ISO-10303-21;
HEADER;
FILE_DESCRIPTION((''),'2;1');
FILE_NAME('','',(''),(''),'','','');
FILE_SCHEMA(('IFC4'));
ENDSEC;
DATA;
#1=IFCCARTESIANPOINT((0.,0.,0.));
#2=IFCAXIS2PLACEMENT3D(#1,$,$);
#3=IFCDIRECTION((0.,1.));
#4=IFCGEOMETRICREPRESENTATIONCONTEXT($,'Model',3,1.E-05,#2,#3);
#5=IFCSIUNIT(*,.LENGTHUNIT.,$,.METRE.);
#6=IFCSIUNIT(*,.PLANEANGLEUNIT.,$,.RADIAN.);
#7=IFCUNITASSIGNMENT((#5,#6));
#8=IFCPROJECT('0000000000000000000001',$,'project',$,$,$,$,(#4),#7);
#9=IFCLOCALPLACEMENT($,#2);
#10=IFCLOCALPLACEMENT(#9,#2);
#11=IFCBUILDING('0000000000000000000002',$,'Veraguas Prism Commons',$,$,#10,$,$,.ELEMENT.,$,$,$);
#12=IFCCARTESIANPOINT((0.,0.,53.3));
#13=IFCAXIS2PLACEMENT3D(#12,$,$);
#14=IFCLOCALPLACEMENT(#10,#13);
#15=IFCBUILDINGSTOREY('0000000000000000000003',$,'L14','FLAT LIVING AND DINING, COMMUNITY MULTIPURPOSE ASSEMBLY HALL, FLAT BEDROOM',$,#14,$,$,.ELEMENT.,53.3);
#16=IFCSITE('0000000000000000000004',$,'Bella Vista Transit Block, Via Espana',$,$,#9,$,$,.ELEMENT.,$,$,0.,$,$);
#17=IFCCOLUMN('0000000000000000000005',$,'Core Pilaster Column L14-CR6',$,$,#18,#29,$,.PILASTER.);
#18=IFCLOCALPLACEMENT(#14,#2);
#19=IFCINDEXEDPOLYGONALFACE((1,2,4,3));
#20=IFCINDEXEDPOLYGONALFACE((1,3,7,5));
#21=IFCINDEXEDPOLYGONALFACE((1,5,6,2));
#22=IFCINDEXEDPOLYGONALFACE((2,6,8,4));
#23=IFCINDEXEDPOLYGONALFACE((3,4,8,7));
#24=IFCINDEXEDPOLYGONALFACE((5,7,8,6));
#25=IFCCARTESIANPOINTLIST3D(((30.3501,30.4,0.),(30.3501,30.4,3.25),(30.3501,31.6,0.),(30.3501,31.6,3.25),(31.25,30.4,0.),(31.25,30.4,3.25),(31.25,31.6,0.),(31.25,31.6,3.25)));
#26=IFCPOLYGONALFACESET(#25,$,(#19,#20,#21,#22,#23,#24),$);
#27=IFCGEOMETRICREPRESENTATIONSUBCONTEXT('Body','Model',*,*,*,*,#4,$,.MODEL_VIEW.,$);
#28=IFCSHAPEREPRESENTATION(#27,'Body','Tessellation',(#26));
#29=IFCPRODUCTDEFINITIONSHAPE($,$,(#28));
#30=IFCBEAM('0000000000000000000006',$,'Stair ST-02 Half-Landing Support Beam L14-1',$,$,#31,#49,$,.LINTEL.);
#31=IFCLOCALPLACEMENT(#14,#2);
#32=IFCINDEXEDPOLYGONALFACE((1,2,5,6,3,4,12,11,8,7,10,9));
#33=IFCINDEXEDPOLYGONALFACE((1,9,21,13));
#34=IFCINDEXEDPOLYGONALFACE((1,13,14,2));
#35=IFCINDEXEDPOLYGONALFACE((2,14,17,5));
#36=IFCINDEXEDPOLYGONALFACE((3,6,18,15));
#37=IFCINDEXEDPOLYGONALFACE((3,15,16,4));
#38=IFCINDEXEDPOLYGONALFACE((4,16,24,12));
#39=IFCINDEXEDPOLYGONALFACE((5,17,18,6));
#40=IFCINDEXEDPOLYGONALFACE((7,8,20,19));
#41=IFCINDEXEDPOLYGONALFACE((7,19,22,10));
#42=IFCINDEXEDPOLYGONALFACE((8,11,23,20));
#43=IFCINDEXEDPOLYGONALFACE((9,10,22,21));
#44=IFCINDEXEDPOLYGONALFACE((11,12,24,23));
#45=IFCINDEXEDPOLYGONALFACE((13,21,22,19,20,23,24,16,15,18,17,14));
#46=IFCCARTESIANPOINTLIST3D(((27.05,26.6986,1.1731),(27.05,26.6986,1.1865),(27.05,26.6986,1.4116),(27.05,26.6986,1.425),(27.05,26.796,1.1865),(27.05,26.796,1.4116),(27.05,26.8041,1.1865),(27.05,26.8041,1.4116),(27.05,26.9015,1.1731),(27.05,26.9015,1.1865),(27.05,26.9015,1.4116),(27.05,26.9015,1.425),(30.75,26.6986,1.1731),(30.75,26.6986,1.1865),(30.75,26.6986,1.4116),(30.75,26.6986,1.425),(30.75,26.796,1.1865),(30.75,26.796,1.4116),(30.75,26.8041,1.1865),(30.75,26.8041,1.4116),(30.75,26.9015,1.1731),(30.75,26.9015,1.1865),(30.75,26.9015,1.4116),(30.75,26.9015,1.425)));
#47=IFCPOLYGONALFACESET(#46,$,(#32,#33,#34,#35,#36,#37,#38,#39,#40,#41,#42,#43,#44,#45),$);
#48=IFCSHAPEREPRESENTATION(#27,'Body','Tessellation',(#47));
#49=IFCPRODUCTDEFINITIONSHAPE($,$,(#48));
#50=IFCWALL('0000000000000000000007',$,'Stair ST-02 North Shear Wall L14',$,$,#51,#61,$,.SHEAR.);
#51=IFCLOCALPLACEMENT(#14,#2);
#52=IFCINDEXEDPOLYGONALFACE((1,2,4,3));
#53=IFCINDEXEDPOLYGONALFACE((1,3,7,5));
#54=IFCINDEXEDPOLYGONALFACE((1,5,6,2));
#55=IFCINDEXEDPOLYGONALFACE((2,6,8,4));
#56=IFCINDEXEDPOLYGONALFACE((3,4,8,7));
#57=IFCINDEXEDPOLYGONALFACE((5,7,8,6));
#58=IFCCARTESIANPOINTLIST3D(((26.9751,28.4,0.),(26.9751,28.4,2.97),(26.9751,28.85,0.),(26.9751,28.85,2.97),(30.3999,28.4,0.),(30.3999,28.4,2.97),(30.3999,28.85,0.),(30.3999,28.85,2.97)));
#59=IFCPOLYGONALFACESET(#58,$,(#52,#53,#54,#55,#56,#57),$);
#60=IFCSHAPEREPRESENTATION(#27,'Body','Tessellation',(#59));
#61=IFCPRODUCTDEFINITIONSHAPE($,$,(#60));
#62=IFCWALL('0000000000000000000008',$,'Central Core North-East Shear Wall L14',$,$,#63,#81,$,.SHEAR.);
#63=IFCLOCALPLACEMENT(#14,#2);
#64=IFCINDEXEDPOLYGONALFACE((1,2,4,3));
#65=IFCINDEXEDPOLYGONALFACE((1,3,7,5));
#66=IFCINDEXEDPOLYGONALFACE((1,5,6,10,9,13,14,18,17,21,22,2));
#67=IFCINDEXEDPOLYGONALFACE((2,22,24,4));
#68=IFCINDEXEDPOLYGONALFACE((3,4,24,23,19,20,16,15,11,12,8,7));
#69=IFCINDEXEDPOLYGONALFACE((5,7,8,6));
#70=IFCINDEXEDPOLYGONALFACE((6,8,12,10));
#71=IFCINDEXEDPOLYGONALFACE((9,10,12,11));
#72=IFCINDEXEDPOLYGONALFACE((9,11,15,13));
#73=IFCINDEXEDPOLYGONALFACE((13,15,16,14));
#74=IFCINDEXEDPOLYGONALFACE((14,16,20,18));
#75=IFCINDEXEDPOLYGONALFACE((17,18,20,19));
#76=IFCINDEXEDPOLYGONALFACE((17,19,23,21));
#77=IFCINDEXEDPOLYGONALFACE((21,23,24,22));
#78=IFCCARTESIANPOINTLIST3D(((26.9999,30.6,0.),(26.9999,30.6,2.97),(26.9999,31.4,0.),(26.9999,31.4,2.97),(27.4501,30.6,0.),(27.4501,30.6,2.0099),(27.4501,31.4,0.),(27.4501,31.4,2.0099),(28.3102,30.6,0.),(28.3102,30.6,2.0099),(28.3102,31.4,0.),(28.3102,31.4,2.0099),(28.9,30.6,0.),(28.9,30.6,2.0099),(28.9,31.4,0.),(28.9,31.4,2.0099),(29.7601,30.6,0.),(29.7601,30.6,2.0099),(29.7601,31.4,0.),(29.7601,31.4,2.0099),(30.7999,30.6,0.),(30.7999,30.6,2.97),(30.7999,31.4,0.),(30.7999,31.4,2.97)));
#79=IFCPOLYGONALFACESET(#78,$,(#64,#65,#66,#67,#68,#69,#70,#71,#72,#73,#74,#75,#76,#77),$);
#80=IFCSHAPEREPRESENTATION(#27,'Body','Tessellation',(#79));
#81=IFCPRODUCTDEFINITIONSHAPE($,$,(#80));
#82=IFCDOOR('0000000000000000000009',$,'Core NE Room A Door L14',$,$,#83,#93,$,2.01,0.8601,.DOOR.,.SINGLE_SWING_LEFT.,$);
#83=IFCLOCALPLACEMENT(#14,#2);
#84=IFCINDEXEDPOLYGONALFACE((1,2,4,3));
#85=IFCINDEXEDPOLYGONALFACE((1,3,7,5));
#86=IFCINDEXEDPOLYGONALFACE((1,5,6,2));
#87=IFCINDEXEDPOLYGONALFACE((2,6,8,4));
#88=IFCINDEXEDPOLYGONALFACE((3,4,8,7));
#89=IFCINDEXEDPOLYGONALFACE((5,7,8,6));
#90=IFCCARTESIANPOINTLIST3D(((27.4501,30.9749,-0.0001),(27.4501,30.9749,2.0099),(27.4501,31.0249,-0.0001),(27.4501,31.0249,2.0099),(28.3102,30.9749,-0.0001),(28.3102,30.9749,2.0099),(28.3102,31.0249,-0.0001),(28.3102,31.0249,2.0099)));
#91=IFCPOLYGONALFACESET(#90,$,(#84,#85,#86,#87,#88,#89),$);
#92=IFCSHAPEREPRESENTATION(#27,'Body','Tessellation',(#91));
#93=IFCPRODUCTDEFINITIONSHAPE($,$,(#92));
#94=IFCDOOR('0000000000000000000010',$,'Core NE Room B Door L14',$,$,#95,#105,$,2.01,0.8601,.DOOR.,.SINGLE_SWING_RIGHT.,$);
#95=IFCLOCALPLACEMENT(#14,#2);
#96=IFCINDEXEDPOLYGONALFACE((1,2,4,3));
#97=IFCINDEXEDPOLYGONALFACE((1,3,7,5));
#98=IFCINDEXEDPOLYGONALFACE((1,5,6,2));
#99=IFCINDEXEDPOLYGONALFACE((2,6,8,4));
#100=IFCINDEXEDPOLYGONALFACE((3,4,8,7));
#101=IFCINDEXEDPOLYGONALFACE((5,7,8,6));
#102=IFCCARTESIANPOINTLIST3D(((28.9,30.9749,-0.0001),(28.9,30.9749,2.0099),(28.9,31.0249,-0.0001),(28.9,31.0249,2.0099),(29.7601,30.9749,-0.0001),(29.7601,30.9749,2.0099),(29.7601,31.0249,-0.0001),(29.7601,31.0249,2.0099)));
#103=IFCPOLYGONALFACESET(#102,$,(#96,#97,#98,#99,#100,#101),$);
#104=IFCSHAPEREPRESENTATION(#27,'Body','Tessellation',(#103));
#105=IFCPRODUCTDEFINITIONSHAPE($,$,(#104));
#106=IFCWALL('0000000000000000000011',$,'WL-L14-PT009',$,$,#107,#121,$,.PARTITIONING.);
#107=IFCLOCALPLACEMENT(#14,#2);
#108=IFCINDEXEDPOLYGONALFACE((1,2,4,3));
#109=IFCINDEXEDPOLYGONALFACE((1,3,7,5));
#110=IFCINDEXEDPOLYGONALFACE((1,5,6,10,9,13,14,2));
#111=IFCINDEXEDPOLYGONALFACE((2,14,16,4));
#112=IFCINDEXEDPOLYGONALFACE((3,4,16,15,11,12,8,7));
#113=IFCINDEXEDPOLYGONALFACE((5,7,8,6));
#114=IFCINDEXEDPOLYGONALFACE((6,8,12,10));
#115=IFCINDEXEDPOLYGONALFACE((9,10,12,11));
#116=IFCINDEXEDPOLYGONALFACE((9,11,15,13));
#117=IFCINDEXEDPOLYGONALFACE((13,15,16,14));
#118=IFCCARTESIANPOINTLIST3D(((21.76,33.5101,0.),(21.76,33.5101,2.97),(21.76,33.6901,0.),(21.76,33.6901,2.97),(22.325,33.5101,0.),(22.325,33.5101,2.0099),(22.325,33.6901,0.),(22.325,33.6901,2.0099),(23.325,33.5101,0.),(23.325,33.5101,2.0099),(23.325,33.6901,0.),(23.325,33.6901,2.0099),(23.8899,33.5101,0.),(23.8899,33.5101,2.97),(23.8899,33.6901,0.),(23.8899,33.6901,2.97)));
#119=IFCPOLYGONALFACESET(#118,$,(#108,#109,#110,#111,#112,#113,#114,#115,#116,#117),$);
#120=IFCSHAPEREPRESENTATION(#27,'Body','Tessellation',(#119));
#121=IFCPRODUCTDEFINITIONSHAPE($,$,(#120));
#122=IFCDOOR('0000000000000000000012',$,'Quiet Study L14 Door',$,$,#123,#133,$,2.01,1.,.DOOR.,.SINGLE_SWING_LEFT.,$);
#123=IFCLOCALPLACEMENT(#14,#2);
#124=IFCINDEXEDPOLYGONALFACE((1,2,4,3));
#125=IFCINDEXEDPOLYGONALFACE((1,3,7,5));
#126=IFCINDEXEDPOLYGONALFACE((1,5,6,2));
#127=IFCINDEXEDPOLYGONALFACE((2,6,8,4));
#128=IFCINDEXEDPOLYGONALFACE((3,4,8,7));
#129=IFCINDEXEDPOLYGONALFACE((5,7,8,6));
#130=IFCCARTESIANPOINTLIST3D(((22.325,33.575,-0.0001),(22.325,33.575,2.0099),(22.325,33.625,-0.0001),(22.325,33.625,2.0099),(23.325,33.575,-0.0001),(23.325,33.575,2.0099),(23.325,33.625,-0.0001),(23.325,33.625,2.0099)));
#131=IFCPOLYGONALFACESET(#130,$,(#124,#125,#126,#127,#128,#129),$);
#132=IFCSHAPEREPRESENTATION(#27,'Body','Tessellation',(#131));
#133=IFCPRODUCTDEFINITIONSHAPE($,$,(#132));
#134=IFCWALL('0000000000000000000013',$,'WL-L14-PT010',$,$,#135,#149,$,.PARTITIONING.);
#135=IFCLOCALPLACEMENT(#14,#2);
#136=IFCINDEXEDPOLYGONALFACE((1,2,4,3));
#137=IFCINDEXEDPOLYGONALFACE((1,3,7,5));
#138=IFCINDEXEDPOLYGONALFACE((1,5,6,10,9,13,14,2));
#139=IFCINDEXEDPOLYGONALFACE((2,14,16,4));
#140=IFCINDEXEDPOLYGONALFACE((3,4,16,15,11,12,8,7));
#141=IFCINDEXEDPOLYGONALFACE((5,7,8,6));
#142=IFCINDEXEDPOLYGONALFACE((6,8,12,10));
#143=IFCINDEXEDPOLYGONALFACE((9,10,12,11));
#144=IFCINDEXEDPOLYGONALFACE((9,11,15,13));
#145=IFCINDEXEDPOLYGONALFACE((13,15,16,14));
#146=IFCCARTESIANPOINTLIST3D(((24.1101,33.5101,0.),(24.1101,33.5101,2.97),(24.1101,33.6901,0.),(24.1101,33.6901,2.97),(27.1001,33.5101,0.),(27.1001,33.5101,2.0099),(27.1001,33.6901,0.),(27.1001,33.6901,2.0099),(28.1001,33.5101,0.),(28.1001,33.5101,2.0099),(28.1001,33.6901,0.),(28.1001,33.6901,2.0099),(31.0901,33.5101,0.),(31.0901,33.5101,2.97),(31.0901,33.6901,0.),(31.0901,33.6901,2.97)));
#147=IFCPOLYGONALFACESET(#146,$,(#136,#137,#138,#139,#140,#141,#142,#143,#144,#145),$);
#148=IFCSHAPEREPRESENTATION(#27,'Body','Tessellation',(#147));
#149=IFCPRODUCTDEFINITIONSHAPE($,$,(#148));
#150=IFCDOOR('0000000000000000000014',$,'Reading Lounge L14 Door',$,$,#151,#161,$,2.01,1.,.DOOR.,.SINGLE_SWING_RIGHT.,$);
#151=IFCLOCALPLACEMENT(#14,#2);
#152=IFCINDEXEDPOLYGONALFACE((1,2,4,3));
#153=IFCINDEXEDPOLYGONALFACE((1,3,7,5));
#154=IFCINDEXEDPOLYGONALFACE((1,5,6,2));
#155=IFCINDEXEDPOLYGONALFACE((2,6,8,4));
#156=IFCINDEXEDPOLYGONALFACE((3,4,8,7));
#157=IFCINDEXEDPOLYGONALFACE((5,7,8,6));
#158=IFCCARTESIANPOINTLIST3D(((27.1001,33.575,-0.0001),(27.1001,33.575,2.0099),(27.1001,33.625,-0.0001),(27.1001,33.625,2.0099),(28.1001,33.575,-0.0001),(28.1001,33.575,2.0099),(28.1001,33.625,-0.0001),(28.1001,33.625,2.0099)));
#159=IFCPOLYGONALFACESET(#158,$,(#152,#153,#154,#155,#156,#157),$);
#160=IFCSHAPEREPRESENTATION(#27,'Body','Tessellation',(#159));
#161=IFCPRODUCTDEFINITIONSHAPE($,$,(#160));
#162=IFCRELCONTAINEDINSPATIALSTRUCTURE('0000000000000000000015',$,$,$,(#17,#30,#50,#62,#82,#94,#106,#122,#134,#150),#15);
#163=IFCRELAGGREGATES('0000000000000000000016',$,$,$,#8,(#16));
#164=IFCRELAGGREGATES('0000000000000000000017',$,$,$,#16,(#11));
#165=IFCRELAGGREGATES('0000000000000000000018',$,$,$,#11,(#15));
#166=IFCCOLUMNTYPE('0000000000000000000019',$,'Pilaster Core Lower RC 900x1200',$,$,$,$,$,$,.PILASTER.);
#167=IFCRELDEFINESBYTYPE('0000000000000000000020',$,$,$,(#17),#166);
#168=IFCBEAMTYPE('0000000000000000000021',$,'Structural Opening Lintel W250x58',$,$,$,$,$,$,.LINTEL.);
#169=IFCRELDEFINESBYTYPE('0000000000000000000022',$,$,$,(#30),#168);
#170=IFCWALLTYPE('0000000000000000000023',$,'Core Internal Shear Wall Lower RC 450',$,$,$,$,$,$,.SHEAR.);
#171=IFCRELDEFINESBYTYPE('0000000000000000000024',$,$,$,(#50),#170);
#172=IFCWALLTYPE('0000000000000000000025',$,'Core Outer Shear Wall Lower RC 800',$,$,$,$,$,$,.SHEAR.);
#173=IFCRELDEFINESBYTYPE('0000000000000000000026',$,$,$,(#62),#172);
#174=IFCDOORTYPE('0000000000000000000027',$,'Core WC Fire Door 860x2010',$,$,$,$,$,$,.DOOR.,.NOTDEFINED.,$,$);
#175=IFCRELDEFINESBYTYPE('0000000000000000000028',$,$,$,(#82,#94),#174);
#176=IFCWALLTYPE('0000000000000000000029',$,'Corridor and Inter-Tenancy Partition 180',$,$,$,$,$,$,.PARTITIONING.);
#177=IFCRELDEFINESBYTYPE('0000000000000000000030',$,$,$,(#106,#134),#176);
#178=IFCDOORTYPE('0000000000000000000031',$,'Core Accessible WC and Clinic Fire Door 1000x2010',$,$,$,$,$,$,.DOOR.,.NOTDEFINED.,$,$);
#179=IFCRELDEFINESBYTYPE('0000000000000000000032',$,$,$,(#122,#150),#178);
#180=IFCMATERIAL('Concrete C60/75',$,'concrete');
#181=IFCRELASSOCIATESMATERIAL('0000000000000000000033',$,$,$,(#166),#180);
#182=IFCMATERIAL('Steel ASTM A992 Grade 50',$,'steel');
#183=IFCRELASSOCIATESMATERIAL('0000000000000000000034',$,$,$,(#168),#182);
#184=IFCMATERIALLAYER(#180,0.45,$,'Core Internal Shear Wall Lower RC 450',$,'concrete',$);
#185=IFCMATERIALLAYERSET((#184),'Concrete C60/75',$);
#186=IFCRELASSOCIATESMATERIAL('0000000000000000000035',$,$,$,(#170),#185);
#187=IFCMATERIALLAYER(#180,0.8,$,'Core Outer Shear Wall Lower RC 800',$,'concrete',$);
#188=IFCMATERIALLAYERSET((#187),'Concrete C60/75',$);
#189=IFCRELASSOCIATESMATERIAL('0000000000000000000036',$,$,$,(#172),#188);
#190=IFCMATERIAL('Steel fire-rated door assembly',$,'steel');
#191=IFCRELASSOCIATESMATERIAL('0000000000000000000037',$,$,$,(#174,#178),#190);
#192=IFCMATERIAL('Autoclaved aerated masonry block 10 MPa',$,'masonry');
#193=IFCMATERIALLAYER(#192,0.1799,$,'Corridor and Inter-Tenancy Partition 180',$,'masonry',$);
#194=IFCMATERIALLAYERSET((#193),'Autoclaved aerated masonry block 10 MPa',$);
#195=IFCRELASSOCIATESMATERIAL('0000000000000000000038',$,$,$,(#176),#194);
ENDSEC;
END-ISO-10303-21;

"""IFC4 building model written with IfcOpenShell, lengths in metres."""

from ifc_helpers import new_model, si_unit, direction, frame, frame_2d, origin, origin_2d, place, context, subcontext, project, spatial, rectangle, i_section, extrude, source, transform, mapped, material, layer, layer_set, material_profile, profile_set, type_object, element, fill, save


model = new_model("IFC4")

# Units and contexts
model_context = context("Model", 3, precision=1e-05, world=origin(), true_north=direction((0.0, 1.0)))
body_context = subcontext(model_context, "Body", "Model", "MODEL_VIEW")
ifc_project = project(units=[si_unit("LENGTHUNIT", "METRE"), si_unit("PLANEANGLEUNIT", "RADIAN")], contexts=[model_context])

# Site, building, storey
site_placement = place(None, origin())
site = spatial("IfcSite", under=ifc_project, at=site_placement, Name="Bella Vista Transit Block, Via Espana", CompositionType="ELEMENT", RefElevation=0.0)
building_placement = place(site_placement, origin())
building = spatial("IfcBuilding", under=site, at=building_placement, Name="Veraguas Prism Commons", CompositionType="ELEMENT")
storey_placement = place(building_placement, frame((0.0, 0.0, 53.3)))
storey = spatial("IfcBuildingStorey", under=building, at=storey_placement, Name="L14", Description="FLAT LIVING AND DINING, COMMUNITY MULTIPURPOSE ASSEMBLY HALL, FLAT BEDROOM", CompositionType="ELEMENT", Elevation=53.3)

# Column
ifc_material_1 = material(Name="Concrete C60/75", Category="concrete")
ifc_material_profile_1 = material_profile(ifc_material_1, rectangle(XDim=0.8999, YDim=1.2, at=origin_2d()), Name="RC900X1200")
ifc_profile_set_1 = profile_set([ifc_material_profile_1], Name="Concrete C60/75")
column_type = type_object("IfcColumnType", Name="Pilaster Core Lower RC 900x1200", PredefinedType="PILASTER", material=ifc_profile_set_1)
column_placement = place(storey_placement, frame((30.8, 31.0, 0.0), z_axis=(0.0, 0.0, 1.0), x_axis=(1.0, 0.0, 0.0)))
element("IfcColumn", 1, at=column_placement, inside=storey, type_object=column_type, Name="Core Pilaster Column L14-CR6", PredefinedType="PILASTER", context=body_context, shape_type="SweptSolid", body=[
    extrude(rectangle(XDim=0.8999, YDim=1.2, at=origin_2d()), origin(), (0.0, 0.0, 1.0), 3.25),
])

# Beam
ifc_material_2 = material(Name="Steel ASTM A992 Grade 50", Category="steel")
ifc_material_profile_2 = material_profile(ifc_material_2, i_section(OverallWidth=0.2029, OverallDepth=0.252, WebThickness=0.0081, FlangeThickness=0.0134, at=origin_2d()), Name="W250X58")
ifc_profile_set_2 = profile_set([ifc_material_profile_2], Name="Steel ASTM A992 Grade 50")
beam_type = type_object("IfcBeamType", Name="Structural Opening Lintel W250x58", PredefinedType="LINTEL", material=ifc_profile_set_2)
beam_placement = place(storey_placement, frame((27.05, 26.8, 1.2991), z_axis=(1.0, 0.0, 0.0), x_axis=(0.0, 1.0, 0.0)))
element("IfcBeam", 2, at=beam_placement, inside=storey, type_object=beam_type, Name="Stair ST-02 Half-Landing Support Beam L14-1", PredefinedType="LINTEL", context=body_context, shape_type="SweptSolid", body=[
    extrude(i_section(OverallWidth=0.2029, OverallDepth=0.252, WebThickness=0.0081, FlangeThickness=0.0134, at=origin_2d()), origin(), (0.0, 0.0, 1.0), 3.7),
])

# Wall
ifc_layer_1 = layer(ifc_material_1, 0.45, Name="Core Internal Shear Wall Lower RC 450", Category="concrete")
ifc_layer_set_1 = layer_set([ifc_layer_1], Name="Concrete C60/75")
wall_type_1 = type_object("IfcWallType", Name="Core Internal Shear Wall Lower RC 450", PredefinedType="SHEAR", material=ifc_layer_set_1)
wall_1_placement = place(storey_placement, frame((26.9751, 28.625, 0.0), z_axis=(0.0, 0.0, 1.0), x_axis=(1.0, 0.0, 0.0)))
element("IfcWall", 3, at=wall_1_placement, inside=storey, type_object=wall_type_1, Name="Stair ST-02 North Shear Wall L14", PredefinedType="SHEAR", context=body_context, shape_type="SweptSolid", body=[
    extrude(rectangle(XDim=3.4248, YDim=0.45, at=frame_2d((1.7124, 0.0))), origin(), (0.0, 0.0, 1.0), 2.97),
])

# Wall, openings, doors
ifc_layer_2 = layer(ifc_material_1, 0.8, Name="Core Outer Shear Wall Lower RC 800", Category="concrete")
ifc_layer_set_2 = layer_set([ifc_layer_2], Name="Concrete C60/75")
wall_type_2 = type_object("IfcWallType", Name="Core Outer Shear Wall Lower RC 800", PredefinedType="SHEAR", material=ifc_layer_set_2)
wall_2_placement = place(storey_placement, frame((27.0, 31.0, 0.0), z_axis=(0.0, 0.0, 1.0), x_axis=(1.0, 0.0, 0.0)))
wall_2 = element("IfcWall", 4, at=wall_2_placement, inside=storey, type_object=wall_type_2, Name="Central Core North-East Shear Wall L14", PredefinedType="SHEAR", context=body_context, shape_type="SweptSolid", body=[
    extrude(rectangle(XDim=3.8, YDim=0.8, at=frame_2d((1.8999, 0.0))), origin(), (0.0, 0.0, 1.0), 2.97),
])
opening_1_placement = place(wall_2_placement, frame((0.45, 0.0, 0.0)))
opening_1 = element("IfcOpeningElement", 5, at=opening_1_placement, cuts=wall_2, PredefinedType="OPENING", context=body_context, shape_type="SweptSolid", body=[
    extrude(rectangle(XDim=0.8601, YDim=2.01, at=frame_2d((0.4302, 1.0049))), frame((0.0, 0.4099, 0.0), z_axis=(0.0, -1.0, 0.0), x_axis=(1.0, 0.0, 0.0)), (0.0, 0.0, 1.0), 0.8201),
])
opening_2_placement = place(wall_2_placement, frame((1.8999, 0.0, 0.0)))
opening_2 = element("IfcOpeningElement", 6, at=opening_2_placement, cuts=wall_2, PredefinedType="OPENING", context=body_context, shape_type="SweptSolid", body=[
    extrude(rectangle(XDim=0.8601, YDim=2.01, at=frame_2d((0.4302, 1.0049))), frame((0.0, 0.4099, 0.0), z_axis=(0.0, -1.0, 0.0), x_axis=(1.0, 0.0, 0.0)), (0.0, 0.0, 1.0), 0.8201),
])
ifc_material_3 = material(Name="Steel fire-rated door assembly", Category="steel")
door_type_1 = type_object("IfcDoorType", Name="Core WC Fire Door 860x2010", OperationType="NOTDEFINED", PredefinedType="DOOR", material=ifc_material_3)
shared_shape_1 = source(origin(), body_context, "Body", "SweptSolid", [
    extrude(rectangle(XDim=0.8601, YDim=2.01, at=frame_2d((0.4302, 1.0049))), frame((0.0, 0.0249, 0.0), z_axis=(0.0, -1.0, 0.0), x_axis=(1.0, 0.0, 0.0)), (0.0, 0.0, 1.0), 0.05),
])
door_1_placement = place(opening_1_placement, origin())
door_1 = element("IfcDoor", 7, at=door_1_placement, inside=storey, type_object=door_type_1, Name="Core NE Room A Door L14", OperationType="SINGLE_SWING_LEFT", OverallHeight=2.01, OverallWidth=0.8601, PredefinedType="DOOR", context=body_context, shape_type="MappedRepresentation", body=[
    mapped(shared_shape_1, transform((0.0, 0.0, 0.0), scale=1.0)),
])
fill(opening_1, door_1)
door_2_placement = place(opening_2_placement, origin())
door_2 = element("IfcDoor", 8, at=door_2_placement, inside=storey, type_object=door_type_1, Name="Core NE Room B Door L14", OperationType="SINGLE_SWING_RIGHT", OverallHeight=2.01, OverallWidth=0.8601, PredefinedType="DOOR", context=body_context, shape_type="MappedRepresentation", body=[
    mapped(shared_shape_1, transform((0.0, 0.0, 0.0), scale=1.0)),
])
fill(opening_2, door_2)

# Walls, openings, doors
ifc_material_4 = material(Name="Autoclaved aerated masonry block 10 MPa", Category="masonry")
ifc_layer_3 = layer(ifc_material_4, 0.1799, Name="Corridor and Inter-Tenancy Partition 180", Category="masonry")
ifc_layer_set_3 = layer_set([ifc_layer_3], Name="Autoclaved aerated masonry block 10 MPa")
wall_type_3 = type_object("IfcWallType", Name="Corridor and Inter-Tenancy Partition 180", PredefinedType="PARTITIONING", material=ifc_layer_set_3)
wall_3_placement = place(storey_placement, frame((21.76, 33.6001, 0.0), z_axis=(0.0, 0.0, 1.0), x_axis=(1.0, 0.0, 0.0)))
wall_3 = element("IfcWall", 9, at=wall_3_placement, inside=storey, type_object=wall_type_3, Name="WL-L14-PT009", PredefinedType="PARTITIONING", context=body_context, shape_type="SweptSolid", body=[
    extrude(rectangle(XDim=2.1299, YDim=0.1799, at=frame_2d((1.0649, 0.0))), origin(), (0.0, 0.0, 1.0), 2.97),
])
opening_3_placement = place(wall_3_placement, frame((0.5649, 0.0, 0.0)))
opening_3 = element("IfcOpeningElement", 10, at=opening_3_placement, cuts=wall_3, PredefinedType="OPENING", context=body_context, shape_type="SweptSolid", body=[
    extrude(rectangle(XDim=1.0, YDim=2.01, at=frame_2d((0.5, 1.0049))), frame((0.0, 0.0999, 0.0), z_axis=(0.0, -1.0, 0.0), x_axis=(1.0, 0.0, 0.0)), (0.0, 0.0, 1.0), 0.2),
])
door_type_2 = type_object("IfcDoorType", Name="Core Accessible WC and Clinic Fire Door 1000x2010", OperationType="NOTDEFINED", PredefinedType="DOOR", material=ifc_material_3)
shared_shape_2 = source(origin(), body_context, "Body", "SweptSolid", [
    extrude(rectangle(XDim=1.0, YDim=2.01, at=frame_2d((0.5, 1.0049))), frame((0.0, 0.0249, 0.0), z_axis=(0.0, -1.0, 0.0), x_axis=(1.0, 0.0, 0.0)), (0.0, 0.0, 1.0), 0.05),
])
door_3_placement = place(opening_3_placement, origin())
door_3 = element("IfcDoor", 11, at=door_3_placement, inside=storey, type_object=door_type_2, Name="Quiet Study L14 Door", OperationType="SINGLE_SWING_LEFT", OverallHeight=2.01, OverallWidth=1.0, PredefinedType="DOOR", context=body_context, shape_type="MappedRepresentation", body=[
    mapped(shared_shape_2, transform((0.0, 0.0, 0.0), scale=1.0)),
])
fill(opening_3, door_3)
wall_4_placement = place(storey_placement, frame((24.1101, 33.6001, 0.0), z_axis=(0.0, 0.0, 1.0), x_axis=(1.0, 0.0, 0.0)))
wall_4 = element("IfcWall", 12, at=wall_4_placement, inside=storey, type_object=wall_type_3, Name="WL-L14-PT010", PredefinedType="PARTITIONING", context=body_context, shape_type="SweptSolid", body=[
    extrude(rectangle(XDim=6.98, YDim=0.1799, at=frame_2d((3.49, 0.0))), origin(), (0.0, 0.0, 1.0), 2.97),
])
opening_4_placement = place(wall_4_placement, frame((2.99, 0.0, 0.0)))
opening_4 = element("IfcOpeningElement", 13, at=opening_4_placement, cuts=wall_4, PredefinedType="OPENING", context=body_context, shape_type="SweptSolid", body=[
    extrude(rectangle(XDim=1.0, YDim=2.01, at=frame_2d((0.5, 1.0049))), frame((0.0, 0.0999, 0.0), z_axis=(0.0, -1.0, 0.0), x_axis=(1.0, 0.0, 0.0)), (0.0, 0.0, 1.0), 0.2),
])
door_4_placement = place(opening_4_placement, origin())
door_4 = element("IfcDoor", 14, at=door_4_placement, inside=storey, type_object=door_type_2, Name="Reading Lounge L14 Door", OperationType="SINGLE_SWING_RIGHT", OverallHeight=2.01, OverallWidth=1.0, PredefinedType="DOOR", context=body_context, shape_type="MappedRepresentation", body=[
    mapped(shared_shape_2, transform((0.0, 0.0, 0.0), scale=1.0)),
])
fill(opening_4, door_4)

save(model, "model.ifc")
